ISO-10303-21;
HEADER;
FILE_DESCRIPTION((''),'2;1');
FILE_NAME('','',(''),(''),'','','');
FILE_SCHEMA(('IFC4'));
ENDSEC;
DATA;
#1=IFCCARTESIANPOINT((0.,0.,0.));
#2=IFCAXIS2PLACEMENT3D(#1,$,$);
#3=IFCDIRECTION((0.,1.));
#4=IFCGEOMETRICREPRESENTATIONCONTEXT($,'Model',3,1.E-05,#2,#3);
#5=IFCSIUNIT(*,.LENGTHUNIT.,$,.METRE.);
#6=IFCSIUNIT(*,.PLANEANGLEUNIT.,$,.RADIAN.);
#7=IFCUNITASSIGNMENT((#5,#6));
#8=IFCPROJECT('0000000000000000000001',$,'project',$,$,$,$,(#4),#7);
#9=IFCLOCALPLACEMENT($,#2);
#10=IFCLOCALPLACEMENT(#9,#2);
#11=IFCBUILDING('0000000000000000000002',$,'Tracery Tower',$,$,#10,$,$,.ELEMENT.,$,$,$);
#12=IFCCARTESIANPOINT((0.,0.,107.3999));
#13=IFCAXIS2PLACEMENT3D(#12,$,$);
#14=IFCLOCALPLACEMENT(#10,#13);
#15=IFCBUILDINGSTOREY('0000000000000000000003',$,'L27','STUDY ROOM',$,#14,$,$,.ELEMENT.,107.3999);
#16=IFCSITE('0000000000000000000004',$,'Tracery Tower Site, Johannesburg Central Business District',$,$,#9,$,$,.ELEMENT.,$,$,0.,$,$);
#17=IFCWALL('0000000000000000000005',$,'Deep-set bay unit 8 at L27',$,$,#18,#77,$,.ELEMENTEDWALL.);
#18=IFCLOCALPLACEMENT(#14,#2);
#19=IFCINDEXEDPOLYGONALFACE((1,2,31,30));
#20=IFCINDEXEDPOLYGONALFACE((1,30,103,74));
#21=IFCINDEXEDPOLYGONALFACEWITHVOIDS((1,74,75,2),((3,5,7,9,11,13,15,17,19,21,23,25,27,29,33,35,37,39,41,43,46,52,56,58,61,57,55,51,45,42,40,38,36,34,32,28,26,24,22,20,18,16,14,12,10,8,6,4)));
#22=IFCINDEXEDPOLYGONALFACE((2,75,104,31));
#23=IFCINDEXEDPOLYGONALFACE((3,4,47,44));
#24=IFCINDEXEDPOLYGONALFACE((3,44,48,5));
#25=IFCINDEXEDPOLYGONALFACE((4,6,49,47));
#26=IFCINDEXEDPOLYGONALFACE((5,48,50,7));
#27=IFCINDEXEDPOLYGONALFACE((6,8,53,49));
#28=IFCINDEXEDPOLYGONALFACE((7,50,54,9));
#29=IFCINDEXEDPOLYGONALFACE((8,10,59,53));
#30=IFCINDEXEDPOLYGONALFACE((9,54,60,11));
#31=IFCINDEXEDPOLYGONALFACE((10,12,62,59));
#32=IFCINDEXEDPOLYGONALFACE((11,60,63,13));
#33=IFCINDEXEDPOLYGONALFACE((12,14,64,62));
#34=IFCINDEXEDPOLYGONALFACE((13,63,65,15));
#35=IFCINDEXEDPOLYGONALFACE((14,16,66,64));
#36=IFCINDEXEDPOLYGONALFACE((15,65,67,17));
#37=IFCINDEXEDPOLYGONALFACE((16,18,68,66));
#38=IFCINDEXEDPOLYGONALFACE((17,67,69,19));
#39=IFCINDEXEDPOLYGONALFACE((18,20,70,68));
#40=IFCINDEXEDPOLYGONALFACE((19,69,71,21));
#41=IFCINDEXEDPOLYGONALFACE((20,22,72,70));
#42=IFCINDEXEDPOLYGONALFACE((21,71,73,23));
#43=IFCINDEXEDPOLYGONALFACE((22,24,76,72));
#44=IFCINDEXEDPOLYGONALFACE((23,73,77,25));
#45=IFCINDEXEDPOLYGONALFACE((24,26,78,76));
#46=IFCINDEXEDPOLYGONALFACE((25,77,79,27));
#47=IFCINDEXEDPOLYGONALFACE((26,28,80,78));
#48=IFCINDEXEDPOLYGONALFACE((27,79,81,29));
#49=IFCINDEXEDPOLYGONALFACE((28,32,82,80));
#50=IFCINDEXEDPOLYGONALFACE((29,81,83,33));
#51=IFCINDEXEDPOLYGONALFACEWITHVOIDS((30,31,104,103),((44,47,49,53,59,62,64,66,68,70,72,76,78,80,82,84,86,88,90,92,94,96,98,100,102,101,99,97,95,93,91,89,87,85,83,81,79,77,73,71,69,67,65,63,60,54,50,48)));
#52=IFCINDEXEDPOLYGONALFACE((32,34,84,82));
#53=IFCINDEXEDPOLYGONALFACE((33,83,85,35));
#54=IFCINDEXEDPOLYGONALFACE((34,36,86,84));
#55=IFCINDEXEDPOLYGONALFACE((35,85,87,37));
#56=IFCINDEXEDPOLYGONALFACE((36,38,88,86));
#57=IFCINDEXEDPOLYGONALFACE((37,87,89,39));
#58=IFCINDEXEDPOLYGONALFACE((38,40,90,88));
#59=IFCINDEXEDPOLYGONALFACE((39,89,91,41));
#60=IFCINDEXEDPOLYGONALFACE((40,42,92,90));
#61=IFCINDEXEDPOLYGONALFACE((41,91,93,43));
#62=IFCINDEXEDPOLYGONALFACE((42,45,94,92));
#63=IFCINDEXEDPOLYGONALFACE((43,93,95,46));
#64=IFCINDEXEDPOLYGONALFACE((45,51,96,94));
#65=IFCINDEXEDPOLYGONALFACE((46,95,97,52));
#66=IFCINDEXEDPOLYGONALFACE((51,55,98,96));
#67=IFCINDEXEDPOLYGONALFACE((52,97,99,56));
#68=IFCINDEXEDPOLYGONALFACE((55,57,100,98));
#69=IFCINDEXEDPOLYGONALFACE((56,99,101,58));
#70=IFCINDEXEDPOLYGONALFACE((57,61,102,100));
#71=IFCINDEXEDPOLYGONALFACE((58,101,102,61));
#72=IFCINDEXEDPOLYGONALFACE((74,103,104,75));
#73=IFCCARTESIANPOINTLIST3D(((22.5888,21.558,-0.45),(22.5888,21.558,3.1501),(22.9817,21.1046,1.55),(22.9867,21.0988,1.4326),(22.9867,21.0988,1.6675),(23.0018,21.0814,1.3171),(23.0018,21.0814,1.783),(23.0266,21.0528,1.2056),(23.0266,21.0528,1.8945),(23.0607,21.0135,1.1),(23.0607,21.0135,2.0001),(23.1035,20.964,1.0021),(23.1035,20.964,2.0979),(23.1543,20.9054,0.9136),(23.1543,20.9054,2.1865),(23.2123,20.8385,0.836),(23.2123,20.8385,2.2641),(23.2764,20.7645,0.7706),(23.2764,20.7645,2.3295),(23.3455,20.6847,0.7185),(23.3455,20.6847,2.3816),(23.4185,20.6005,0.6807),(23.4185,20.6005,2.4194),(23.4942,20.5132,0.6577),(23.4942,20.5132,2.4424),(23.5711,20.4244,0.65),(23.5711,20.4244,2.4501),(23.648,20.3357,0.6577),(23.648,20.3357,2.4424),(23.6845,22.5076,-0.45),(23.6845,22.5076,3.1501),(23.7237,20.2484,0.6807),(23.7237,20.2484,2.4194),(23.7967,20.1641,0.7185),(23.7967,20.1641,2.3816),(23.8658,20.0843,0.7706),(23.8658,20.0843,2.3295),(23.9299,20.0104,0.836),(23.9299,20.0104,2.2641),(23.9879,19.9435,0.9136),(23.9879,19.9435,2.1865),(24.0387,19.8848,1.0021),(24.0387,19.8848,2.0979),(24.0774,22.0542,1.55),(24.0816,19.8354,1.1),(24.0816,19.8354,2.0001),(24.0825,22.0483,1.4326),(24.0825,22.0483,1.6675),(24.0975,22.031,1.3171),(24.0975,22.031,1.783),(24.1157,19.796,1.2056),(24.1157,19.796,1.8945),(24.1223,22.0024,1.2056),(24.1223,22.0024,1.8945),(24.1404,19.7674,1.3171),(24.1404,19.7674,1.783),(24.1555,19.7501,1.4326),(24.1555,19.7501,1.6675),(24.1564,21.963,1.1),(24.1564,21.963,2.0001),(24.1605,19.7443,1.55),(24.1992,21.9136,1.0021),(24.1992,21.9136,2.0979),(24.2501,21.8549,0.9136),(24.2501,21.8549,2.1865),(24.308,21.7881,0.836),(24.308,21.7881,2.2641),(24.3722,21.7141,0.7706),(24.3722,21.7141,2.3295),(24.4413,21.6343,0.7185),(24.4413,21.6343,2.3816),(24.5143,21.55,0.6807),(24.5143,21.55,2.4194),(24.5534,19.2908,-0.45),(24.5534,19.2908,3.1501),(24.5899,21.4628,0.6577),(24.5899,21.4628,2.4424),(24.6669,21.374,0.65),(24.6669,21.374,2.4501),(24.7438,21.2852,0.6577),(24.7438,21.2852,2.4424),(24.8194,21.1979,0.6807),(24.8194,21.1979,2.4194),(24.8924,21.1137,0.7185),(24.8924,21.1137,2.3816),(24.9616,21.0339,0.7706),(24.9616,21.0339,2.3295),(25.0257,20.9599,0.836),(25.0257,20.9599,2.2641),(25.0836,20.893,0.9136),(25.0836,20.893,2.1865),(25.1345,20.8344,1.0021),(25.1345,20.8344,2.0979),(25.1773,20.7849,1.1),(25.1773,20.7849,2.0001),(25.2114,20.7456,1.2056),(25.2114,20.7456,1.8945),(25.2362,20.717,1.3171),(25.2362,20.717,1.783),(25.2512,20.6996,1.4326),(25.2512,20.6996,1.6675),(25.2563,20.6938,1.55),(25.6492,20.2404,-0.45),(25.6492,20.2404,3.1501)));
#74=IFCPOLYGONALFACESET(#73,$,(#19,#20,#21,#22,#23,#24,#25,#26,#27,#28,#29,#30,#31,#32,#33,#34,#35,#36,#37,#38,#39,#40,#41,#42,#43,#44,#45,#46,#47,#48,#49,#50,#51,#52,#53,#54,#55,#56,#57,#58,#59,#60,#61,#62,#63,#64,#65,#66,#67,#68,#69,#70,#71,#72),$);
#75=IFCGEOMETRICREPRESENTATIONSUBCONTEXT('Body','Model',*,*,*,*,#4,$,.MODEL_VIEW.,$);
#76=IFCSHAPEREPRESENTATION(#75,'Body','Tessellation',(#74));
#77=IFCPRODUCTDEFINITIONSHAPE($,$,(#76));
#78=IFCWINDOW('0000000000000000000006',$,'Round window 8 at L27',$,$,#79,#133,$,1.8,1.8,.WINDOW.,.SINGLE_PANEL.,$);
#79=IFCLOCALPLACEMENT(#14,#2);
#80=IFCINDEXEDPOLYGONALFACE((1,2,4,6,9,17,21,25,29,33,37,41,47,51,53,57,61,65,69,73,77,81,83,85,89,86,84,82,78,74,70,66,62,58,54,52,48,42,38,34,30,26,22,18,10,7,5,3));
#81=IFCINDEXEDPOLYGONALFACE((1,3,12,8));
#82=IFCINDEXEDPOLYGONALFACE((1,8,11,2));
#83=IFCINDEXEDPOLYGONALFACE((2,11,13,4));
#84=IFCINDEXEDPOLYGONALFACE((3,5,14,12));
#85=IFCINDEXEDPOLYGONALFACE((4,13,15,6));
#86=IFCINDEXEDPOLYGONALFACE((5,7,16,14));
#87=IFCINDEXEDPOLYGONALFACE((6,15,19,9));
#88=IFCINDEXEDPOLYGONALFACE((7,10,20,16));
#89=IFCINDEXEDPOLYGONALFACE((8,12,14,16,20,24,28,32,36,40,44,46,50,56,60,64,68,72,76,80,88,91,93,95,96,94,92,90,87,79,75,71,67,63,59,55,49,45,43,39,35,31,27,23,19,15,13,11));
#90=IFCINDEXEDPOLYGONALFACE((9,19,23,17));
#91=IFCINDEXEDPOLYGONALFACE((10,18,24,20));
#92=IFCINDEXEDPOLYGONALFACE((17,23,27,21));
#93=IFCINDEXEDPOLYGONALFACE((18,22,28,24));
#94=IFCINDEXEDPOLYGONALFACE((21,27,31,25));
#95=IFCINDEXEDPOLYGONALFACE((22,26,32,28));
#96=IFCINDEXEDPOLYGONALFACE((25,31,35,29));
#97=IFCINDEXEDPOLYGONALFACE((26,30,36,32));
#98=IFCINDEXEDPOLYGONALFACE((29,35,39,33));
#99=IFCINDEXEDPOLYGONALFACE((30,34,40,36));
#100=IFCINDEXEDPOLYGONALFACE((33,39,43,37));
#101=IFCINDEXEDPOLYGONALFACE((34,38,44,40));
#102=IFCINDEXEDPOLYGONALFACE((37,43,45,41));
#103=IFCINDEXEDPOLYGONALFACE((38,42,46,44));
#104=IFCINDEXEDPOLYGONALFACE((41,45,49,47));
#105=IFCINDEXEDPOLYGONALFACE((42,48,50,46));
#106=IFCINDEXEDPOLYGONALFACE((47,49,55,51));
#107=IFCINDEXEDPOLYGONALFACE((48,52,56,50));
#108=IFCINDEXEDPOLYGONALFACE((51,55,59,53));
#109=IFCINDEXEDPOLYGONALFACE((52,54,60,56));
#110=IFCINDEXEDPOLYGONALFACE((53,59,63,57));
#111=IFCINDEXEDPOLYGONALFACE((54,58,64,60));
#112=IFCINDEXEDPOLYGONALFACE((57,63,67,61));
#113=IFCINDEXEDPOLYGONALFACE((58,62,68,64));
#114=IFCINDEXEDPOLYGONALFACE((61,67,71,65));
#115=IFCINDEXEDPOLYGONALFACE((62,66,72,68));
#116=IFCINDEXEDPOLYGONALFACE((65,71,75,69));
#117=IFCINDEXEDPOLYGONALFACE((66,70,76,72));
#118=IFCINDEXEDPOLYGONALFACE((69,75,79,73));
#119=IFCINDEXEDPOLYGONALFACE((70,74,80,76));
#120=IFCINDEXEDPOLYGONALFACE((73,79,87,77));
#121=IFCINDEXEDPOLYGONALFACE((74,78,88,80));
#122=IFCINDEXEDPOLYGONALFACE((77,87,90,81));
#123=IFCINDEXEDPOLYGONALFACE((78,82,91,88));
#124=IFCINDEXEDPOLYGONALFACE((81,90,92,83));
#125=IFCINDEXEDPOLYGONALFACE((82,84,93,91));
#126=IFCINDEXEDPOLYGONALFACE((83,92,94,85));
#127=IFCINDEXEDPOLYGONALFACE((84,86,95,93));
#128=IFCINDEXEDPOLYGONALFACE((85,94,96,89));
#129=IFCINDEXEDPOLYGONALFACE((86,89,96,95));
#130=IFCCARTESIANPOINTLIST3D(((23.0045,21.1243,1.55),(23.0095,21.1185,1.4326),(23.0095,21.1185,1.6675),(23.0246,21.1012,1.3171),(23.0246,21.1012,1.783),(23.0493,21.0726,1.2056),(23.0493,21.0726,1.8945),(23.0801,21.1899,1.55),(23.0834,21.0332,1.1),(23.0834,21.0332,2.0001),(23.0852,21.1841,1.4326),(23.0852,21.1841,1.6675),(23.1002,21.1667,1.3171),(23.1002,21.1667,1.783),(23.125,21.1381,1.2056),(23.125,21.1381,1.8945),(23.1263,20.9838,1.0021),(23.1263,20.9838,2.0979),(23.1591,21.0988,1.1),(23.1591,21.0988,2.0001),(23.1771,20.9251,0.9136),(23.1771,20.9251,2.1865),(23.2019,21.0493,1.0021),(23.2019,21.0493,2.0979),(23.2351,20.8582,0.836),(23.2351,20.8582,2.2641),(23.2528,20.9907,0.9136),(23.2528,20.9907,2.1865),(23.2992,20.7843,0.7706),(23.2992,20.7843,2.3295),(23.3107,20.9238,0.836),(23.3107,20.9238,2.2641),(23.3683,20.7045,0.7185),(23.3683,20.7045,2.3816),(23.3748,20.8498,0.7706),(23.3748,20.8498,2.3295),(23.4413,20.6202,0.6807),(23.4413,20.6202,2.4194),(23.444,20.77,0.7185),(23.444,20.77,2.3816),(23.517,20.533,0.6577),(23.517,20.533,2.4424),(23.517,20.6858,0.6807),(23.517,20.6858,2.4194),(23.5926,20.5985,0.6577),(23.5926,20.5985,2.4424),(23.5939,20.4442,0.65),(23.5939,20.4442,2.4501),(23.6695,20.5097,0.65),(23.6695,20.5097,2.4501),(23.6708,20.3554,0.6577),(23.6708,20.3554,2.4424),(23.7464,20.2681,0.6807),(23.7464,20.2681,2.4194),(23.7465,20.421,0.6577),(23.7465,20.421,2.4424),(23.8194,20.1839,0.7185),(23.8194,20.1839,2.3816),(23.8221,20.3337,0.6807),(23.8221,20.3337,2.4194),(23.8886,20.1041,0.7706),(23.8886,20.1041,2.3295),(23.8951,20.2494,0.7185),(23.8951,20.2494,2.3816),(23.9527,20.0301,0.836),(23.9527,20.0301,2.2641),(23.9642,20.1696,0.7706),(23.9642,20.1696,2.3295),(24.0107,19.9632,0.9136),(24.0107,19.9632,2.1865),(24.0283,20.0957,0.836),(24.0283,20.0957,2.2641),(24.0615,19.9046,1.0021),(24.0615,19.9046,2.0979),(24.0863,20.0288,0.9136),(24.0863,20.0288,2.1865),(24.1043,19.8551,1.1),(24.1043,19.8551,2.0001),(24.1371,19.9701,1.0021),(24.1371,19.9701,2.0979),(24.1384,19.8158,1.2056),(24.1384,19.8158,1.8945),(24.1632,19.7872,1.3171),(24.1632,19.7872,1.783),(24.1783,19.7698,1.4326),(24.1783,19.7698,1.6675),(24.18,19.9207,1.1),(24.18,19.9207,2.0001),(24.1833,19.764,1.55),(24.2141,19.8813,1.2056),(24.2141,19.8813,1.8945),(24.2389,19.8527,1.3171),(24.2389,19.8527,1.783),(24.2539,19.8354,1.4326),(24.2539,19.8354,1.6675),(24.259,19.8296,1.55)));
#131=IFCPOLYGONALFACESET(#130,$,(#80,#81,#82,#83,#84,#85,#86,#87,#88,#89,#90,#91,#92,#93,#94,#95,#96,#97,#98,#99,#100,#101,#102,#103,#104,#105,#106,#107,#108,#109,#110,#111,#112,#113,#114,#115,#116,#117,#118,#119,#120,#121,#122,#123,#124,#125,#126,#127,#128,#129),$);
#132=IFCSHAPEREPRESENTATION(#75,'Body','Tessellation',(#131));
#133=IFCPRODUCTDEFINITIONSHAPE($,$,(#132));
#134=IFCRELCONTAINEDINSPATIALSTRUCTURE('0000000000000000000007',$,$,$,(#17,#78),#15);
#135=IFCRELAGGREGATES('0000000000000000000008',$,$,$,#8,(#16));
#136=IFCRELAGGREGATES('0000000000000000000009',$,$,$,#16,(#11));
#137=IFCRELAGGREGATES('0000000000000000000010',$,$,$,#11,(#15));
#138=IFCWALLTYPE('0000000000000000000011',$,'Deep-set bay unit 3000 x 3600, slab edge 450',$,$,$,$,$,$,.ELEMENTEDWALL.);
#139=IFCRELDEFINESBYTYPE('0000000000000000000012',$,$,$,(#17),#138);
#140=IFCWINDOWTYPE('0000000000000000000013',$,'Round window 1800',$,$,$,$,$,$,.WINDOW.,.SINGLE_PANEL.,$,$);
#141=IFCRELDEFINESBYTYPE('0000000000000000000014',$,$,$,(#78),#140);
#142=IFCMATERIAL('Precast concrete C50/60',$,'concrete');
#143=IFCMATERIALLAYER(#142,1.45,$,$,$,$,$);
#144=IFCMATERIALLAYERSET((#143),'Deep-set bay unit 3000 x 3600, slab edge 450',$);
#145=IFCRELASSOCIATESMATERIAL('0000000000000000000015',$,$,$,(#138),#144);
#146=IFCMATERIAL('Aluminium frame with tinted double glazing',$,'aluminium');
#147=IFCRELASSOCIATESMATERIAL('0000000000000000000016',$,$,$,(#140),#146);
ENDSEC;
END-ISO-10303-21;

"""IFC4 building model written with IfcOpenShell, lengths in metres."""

from ifc_helpers import new_model, si_unit, direction, frame, frame_2d, origin, origin_2d, place, context, subcontext, project, spatial, rectangle, circle, extrude, material, layer, layer_set, type_object, element, fill, save


model = new_model("IFC4")

# Units and contexts
model_context = context("Model", 3, precision=1e-05, world=origin(), true_north=direction((0.0, 1.0)))
body_context = subcontext(model_context, "Body", "Model", "MODEL_VIEW")
ifc_project = project(units=[si_unit("LENGTHUNIT", "METRE"), si_unit("PLANEANGLEUNIT", "RADIAN")], contexts=[model_context])

# Site, building, storey
site_placement = place(None, origin())
site = spatial("IfcSite", under=ifc_project, at=site_placement, Name="Tracery Tower Site, Johannesburg Central Business District", CompositionType="ELEMENT", RefElevation=0.0)
building_placement = place(site_placement, origin())
building = spatial("IfcBuilding", under=site, at=building_placement, Name="Tracery Tower", CompositionType="ELEMENT")
storey_placement = place(building_placement, frame((0.0, 0.0, 107.3999)))
storey = spatial("IfcBuildingStorey", under=building, at=storey_placement, Name="L27", Description="STUDY ROOM", CompositionType="ELEMENT", Elevation=107.3999)

# Wall, opening, window
ifc_material_1 = material(Name="Precast concrete C50/60", Category="concrete")
ifc_layer_1 = layer(ifc_material_1, 1.45)
ifc_layer_set_1 = layer_set([ifc_layer_1], Name="Deep-set bay unit 3000 x 3600, slab edge 450")
wall_type_1 = type_object("IfcWallType", Name="Deep-set bay unit 3000 x 3600, slab edge 450", PredefinedType="ELEMENTEDWALL", material=ifc_layer_set_1)
wall_1_placement = place(storey_placement, frame((25.1013, 19.7656, -0.45), z_axis=(0.0, 0.0, 1.0), x_axis=(-0.65489, 0.755724, 0.0)))
wall_1 = element("IfcWall", 1, at=wall_1_placement, inside=storey, type_object=wall_type_1, Name="Deep-set bay unit 8 at L27", PredefinedType="ELEMENTEDWALL", context=body_context, shape_type="SweptSolid", body=[
    extrude(rectangle(XDim=3.0, YDim=1.45, at=frame_2d((1.5, 0.0))), origin(), (0.0, 0.0, 1.0), 3.6001),
])
opening_1_placement = place(wall_1_placement, frame((1.5, 0.0, 2.0)))
opening_1 = element("IfcOpeningElement", 2, at=opening_1_placement, cuts=wall_1, PredefinedType="OPENING", context=body_context, shape_type="SweptSolid", body=[
    extrude(circle(Radius=0.9, at=origin_2d()), frame((0.0, 0.7349, 0.0), z_axis=(0.0, -1.0, 0.0), x_axis=(1.0, 0.0, 0.0)), (0.0, 0.0, 1.0), 1.47),
])
ifc_material_2 = material(Name="Aluminium frame with tinted double glazing", Category="aluminium")
window_type = type_object("IfcWindowType", Name="Round window 1800", PartitioningType="SINGLE_PANEL", PredefinedType="WINDOW", material=ifc_material_2)
window_1_placement = place(opening_1_placement, origin())
window_1 = element("IfcWindow", 3, at=window_1_placement, inside=storey, type_object=window_type, Name="Round window 8 at L27", OverallHeight=1.8, OverallWidth=1.8, PartitioningType="SINGLE_PANEL", PredefinedType="WINDOW", context=body_context, shape_type="SweptSolid", body=[
    extrude(circle(Radius=0.9, at=origin_2d()), frame((0.0, 0.6948, 0.0), z_axis=(0.0, -1.0, 0.0), x_axis=(1.0, 0.0, 0.0)), (0.0, 0.0, 1.0), 0.1001),
])
fill(opening_1, window_1)

save(model, "model.ifc")
